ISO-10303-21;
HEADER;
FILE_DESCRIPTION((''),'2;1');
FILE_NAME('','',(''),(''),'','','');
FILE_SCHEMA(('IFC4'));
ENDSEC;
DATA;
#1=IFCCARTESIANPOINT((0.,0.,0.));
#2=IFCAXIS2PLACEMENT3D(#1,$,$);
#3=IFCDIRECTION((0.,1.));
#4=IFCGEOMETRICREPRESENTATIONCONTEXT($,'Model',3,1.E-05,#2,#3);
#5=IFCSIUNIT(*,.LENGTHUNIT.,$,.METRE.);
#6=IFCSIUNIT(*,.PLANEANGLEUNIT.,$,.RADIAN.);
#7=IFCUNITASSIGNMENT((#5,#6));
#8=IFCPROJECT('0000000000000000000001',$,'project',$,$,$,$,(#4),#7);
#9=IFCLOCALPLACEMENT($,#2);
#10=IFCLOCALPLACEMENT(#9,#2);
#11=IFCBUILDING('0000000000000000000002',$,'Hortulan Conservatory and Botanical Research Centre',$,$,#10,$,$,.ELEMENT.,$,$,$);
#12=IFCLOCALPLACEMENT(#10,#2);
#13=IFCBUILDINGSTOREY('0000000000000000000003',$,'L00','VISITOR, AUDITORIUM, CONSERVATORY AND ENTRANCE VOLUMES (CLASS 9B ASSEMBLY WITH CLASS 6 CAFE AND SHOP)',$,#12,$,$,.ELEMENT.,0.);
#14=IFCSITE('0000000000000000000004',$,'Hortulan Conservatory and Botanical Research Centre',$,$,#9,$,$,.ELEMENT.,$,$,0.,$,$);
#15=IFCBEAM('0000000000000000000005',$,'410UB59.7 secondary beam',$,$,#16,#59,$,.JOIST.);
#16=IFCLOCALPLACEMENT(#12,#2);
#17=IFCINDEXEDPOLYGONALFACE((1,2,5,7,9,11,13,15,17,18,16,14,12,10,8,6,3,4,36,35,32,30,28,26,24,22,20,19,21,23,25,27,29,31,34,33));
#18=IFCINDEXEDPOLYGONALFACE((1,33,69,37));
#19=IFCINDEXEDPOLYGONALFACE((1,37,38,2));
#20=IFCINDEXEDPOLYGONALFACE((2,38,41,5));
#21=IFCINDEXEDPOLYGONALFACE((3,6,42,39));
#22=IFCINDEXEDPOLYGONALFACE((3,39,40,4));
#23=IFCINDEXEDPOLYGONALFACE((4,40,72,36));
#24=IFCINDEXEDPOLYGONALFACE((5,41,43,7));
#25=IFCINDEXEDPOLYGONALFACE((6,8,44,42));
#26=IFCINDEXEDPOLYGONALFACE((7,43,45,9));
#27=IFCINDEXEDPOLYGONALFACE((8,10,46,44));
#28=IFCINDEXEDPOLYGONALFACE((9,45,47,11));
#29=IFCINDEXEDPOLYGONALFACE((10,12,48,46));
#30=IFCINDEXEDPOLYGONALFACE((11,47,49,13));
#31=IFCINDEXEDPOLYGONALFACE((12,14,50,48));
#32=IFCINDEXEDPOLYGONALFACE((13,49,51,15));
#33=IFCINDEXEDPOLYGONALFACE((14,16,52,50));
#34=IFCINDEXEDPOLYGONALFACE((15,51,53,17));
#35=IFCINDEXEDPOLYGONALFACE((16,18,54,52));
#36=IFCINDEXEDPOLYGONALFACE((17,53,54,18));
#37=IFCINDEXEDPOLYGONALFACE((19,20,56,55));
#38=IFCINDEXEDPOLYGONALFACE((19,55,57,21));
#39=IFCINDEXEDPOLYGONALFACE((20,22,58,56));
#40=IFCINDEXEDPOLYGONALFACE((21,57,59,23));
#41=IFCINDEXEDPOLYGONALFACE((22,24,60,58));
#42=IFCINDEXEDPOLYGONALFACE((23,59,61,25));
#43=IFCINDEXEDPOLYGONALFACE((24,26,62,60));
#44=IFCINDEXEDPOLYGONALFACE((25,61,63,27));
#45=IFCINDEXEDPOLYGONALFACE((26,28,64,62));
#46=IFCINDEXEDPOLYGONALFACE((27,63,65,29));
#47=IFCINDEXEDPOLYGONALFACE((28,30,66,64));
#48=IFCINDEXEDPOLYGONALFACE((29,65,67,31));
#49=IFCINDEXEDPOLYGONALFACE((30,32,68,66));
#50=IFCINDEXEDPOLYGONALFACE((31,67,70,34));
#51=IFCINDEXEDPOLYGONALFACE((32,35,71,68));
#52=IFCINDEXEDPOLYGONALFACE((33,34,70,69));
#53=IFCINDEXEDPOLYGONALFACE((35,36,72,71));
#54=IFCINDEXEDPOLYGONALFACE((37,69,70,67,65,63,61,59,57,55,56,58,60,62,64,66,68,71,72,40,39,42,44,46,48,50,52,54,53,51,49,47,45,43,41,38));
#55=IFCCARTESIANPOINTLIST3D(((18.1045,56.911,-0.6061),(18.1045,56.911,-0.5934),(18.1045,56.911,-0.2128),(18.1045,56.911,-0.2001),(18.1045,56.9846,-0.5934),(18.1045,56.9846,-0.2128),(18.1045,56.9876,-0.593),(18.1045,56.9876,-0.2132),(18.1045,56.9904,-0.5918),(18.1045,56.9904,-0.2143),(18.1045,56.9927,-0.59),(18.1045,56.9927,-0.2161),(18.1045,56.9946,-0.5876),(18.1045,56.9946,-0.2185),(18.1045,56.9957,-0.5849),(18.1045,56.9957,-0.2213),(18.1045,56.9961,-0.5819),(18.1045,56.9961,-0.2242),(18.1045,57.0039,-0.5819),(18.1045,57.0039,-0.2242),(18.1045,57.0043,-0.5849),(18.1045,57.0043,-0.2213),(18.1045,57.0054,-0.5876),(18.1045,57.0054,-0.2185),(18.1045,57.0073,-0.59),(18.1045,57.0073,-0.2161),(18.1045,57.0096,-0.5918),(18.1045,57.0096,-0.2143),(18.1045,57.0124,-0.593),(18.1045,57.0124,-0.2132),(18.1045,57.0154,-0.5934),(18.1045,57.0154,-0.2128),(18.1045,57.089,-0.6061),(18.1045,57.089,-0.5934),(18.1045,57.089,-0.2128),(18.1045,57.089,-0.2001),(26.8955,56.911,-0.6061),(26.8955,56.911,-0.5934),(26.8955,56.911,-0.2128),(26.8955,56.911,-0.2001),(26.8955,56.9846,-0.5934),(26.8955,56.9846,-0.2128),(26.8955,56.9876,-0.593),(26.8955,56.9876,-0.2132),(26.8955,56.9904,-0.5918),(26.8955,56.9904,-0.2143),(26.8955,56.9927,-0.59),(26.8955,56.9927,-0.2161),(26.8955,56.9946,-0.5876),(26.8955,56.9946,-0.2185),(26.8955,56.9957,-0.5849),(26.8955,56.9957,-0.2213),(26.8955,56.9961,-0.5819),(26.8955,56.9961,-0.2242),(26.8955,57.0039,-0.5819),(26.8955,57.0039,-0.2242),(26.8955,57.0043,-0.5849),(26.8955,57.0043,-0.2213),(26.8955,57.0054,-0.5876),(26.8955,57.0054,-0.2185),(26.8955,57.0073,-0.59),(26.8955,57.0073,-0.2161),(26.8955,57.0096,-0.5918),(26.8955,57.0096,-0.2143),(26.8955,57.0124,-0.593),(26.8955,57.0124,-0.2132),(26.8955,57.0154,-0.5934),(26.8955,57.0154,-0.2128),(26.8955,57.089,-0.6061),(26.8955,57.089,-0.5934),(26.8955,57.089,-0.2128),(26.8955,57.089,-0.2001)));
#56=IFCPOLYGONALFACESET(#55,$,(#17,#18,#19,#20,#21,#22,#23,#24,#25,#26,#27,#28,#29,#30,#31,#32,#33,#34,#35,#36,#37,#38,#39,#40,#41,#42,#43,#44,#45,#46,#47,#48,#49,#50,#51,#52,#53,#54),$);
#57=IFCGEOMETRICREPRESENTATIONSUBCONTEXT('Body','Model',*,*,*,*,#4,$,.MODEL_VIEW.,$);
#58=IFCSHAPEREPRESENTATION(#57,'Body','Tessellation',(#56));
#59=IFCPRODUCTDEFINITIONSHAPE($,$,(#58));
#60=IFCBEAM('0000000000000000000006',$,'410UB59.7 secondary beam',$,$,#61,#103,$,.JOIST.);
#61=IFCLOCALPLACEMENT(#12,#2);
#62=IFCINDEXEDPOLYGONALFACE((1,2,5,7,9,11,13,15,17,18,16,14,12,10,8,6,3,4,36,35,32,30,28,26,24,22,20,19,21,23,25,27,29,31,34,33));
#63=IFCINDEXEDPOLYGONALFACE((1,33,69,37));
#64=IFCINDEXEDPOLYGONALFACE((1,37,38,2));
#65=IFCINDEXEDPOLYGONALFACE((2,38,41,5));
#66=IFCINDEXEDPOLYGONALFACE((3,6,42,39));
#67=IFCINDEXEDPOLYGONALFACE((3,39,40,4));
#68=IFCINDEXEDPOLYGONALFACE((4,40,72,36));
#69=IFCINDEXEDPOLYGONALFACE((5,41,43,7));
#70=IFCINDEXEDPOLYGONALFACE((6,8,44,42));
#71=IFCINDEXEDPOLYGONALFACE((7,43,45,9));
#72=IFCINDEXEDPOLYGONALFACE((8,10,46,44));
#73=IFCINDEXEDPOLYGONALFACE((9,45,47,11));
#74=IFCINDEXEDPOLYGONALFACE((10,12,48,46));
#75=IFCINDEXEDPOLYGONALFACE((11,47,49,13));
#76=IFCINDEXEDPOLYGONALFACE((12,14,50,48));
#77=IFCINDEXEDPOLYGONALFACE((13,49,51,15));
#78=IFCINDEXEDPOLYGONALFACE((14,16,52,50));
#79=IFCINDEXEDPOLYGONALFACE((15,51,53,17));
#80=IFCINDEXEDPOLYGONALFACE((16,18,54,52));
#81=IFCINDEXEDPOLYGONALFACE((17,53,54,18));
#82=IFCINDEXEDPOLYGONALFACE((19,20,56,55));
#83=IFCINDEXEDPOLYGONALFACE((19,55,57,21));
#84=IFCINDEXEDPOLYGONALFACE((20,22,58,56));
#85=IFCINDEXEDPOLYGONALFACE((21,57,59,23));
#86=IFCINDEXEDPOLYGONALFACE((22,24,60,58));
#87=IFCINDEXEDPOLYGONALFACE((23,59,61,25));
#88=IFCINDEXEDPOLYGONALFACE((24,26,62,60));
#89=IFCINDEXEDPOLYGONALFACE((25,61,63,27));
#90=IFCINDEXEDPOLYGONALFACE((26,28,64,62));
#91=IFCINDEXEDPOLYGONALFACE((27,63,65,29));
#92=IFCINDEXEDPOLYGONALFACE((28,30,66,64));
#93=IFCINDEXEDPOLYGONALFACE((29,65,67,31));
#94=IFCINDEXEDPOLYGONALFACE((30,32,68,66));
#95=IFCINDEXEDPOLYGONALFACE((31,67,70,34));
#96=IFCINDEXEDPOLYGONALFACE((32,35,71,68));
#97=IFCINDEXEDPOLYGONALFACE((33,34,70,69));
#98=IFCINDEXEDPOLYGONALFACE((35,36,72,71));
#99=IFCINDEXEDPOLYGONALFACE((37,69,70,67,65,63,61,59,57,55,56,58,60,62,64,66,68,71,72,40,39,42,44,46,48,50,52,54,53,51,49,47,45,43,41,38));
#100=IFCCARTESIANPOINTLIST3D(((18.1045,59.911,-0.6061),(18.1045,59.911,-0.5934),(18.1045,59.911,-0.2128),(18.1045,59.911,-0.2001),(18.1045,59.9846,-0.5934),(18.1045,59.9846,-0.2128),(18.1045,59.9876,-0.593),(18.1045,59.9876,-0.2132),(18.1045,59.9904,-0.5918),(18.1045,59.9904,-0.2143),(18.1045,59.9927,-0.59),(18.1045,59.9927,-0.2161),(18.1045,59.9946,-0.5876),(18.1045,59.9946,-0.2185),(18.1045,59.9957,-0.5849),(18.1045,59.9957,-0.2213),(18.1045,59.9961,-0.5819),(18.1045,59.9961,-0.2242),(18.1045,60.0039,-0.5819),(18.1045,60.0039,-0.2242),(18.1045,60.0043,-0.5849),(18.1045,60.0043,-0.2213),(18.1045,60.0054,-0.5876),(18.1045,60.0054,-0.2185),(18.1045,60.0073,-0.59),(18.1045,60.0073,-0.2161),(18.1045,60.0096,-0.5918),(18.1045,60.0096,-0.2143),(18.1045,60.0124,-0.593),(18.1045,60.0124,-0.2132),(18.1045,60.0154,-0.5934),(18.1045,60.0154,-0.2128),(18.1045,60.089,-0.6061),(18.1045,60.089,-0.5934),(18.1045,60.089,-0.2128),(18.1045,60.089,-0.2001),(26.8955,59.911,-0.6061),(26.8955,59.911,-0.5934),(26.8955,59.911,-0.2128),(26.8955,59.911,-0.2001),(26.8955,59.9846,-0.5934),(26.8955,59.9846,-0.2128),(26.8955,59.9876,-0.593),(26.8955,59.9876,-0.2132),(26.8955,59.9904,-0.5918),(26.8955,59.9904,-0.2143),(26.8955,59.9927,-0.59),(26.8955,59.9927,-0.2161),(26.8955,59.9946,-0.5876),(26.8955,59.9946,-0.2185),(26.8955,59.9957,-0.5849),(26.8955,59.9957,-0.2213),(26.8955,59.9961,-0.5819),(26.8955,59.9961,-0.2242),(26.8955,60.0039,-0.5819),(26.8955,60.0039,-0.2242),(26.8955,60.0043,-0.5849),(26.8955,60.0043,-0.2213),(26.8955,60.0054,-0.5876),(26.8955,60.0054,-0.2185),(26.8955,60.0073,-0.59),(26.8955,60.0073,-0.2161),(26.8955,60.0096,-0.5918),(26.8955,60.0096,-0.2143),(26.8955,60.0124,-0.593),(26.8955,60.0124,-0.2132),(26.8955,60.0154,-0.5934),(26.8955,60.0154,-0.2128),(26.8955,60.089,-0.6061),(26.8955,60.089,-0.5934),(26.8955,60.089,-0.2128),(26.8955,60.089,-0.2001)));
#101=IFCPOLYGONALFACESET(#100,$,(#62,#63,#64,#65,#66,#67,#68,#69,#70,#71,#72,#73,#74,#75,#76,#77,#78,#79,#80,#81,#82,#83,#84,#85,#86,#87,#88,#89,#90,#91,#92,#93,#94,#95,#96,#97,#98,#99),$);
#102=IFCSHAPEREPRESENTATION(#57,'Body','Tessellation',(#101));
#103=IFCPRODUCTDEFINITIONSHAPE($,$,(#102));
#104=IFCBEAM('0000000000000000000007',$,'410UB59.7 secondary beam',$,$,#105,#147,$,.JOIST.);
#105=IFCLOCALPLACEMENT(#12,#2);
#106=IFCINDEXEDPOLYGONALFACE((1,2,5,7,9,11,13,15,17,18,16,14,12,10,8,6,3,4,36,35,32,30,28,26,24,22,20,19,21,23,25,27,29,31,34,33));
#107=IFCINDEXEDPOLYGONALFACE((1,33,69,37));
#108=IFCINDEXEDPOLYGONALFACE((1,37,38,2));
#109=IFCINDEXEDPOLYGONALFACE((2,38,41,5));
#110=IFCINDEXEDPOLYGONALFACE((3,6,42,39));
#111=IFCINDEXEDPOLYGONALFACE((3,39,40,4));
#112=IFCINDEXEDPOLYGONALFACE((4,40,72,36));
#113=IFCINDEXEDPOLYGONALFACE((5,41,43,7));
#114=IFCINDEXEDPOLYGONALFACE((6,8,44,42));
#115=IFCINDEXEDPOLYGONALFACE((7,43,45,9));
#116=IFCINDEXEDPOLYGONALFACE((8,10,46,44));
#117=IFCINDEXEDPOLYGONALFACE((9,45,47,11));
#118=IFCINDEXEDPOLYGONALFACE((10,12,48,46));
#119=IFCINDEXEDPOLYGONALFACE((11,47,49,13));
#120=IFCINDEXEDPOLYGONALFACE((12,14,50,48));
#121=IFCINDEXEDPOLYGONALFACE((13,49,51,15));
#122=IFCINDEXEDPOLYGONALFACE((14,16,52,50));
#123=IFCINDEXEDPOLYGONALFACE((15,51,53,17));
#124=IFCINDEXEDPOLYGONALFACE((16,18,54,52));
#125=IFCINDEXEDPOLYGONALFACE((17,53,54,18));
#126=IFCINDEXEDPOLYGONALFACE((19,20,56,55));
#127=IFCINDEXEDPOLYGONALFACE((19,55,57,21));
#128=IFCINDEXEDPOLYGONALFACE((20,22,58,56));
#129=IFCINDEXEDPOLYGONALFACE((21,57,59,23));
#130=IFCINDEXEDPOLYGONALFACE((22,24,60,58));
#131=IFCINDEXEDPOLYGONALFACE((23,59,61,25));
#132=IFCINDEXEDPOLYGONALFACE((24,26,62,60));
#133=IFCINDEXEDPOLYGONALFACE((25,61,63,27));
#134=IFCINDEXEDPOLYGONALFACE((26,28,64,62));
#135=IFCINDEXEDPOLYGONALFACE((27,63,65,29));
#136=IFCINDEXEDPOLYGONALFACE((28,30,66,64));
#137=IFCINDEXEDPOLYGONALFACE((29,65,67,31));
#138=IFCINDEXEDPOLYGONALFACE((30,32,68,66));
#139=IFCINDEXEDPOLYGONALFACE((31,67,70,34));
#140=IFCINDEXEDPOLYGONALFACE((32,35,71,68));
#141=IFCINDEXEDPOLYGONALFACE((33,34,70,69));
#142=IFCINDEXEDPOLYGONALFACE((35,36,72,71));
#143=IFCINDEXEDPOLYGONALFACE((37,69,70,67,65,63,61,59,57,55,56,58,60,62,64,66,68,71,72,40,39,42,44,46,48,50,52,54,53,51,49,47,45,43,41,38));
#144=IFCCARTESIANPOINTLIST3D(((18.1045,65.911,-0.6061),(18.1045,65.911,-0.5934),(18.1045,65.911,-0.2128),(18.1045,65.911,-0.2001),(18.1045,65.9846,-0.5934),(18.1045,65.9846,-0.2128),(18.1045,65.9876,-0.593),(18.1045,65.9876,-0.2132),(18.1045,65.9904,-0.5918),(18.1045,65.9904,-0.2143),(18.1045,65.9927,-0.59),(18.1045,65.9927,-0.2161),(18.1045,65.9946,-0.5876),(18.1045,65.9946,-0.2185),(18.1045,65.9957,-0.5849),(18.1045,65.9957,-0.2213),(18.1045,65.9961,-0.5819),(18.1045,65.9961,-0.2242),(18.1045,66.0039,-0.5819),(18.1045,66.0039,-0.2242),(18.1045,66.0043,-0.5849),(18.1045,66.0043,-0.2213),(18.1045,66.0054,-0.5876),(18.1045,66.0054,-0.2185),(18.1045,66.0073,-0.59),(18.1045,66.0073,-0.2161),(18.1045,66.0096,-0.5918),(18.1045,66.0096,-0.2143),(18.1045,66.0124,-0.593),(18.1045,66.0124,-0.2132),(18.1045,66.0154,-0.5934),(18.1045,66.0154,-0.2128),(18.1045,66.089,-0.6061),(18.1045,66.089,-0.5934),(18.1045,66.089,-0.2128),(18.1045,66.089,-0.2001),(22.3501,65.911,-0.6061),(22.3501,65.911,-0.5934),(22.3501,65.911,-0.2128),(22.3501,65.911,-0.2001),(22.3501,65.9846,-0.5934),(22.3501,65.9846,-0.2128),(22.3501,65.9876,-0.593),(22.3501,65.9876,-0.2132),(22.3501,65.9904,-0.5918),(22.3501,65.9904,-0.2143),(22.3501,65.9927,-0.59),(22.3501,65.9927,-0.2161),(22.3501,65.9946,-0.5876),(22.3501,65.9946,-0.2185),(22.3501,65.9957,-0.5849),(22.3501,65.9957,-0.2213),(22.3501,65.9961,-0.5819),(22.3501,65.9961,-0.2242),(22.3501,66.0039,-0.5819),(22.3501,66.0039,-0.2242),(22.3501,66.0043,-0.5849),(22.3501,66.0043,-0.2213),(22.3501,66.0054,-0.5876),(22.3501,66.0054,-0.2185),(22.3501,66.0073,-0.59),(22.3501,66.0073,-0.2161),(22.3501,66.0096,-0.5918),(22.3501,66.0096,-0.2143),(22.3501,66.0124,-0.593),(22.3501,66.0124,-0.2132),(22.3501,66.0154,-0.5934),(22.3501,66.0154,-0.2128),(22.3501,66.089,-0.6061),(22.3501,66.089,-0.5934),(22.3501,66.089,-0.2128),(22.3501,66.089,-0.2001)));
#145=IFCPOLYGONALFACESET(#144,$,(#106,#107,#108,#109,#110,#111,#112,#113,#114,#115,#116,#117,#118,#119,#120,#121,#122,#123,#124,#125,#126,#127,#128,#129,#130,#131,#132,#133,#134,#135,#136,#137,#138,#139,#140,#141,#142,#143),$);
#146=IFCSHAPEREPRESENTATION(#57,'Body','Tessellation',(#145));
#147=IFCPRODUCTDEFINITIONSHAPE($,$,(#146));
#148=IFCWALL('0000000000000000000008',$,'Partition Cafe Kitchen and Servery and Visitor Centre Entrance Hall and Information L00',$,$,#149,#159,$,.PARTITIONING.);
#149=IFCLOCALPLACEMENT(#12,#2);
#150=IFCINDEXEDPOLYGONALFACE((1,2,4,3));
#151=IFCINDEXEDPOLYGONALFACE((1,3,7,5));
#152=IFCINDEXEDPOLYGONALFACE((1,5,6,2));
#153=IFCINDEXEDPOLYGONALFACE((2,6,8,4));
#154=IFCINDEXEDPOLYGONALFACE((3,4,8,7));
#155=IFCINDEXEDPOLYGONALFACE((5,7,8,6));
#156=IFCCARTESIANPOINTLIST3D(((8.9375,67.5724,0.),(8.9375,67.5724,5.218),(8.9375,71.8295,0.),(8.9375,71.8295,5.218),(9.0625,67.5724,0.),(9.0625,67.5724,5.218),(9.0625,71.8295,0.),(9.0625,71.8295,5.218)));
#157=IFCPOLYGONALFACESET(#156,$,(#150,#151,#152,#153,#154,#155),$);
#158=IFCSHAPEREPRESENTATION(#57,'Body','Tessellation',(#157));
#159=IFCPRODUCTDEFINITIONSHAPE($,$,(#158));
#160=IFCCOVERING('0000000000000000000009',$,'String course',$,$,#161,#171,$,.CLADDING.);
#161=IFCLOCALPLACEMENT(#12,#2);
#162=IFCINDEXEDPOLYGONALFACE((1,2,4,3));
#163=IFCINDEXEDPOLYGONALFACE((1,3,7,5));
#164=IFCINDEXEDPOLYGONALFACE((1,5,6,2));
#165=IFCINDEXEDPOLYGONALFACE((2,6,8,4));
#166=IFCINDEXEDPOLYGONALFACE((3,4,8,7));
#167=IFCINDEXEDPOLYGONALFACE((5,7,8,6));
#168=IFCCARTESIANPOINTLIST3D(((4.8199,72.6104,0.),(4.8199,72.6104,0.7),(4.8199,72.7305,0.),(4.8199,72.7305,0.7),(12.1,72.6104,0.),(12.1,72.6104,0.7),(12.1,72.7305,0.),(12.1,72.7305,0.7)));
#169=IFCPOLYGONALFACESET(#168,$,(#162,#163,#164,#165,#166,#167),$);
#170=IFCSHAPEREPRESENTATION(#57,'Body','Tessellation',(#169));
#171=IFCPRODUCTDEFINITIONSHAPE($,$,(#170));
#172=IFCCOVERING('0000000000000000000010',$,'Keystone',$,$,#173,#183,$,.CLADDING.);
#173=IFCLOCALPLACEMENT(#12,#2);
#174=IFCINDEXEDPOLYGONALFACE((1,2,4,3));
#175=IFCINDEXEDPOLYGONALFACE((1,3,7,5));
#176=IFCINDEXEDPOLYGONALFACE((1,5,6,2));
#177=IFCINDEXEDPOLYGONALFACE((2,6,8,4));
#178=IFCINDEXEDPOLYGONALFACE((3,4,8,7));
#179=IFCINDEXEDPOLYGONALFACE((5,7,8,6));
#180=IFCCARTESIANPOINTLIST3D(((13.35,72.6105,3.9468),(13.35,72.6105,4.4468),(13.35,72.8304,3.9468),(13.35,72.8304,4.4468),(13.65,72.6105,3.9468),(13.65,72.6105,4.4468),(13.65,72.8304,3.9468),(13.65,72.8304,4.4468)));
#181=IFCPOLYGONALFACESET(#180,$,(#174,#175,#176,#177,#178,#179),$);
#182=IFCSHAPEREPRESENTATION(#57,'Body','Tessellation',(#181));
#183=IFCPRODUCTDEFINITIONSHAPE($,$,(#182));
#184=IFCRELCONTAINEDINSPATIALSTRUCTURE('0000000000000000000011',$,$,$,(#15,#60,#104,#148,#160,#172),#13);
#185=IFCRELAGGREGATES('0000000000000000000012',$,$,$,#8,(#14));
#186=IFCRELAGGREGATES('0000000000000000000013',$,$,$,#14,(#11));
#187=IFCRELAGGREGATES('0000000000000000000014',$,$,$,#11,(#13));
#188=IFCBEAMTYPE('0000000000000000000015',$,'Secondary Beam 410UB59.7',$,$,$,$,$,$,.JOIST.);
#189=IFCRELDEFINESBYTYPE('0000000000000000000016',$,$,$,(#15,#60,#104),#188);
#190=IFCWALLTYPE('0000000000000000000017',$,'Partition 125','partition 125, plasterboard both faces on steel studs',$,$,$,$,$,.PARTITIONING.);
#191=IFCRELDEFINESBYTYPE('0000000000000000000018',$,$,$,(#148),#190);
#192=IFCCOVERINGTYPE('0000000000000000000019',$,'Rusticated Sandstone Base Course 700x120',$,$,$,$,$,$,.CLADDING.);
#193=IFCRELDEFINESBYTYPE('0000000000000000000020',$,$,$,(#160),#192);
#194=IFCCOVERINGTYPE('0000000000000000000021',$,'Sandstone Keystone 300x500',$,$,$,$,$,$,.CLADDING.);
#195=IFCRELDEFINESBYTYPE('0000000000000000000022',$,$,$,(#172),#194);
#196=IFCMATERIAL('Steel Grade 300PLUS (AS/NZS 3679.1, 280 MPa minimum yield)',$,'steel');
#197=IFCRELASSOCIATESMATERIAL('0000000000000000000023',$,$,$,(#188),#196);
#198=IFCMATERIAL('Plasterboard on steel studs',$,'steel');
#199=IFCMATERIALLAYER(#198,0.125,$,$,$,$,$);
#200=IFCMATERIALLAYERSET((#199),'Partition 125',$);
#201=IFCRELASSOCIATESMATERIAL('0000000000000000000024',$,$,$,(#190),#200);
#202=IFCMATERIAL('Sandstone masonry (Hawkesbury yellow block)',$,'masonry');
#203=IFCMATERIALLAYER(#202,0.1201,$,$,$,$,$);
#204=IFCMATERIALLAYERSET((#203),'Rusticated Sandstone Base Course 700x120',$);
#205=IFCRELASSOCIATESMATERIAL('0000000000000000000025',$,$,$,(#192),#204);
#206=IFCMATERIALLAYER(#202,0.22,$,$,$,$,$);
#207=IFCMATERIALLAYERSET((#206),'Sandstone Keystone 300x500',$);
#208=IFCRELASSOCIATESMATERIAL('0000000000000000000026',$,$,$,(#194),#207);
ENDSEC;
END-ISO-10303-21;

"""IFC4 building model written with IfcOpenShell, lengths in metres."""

from ifc_helpers import new_model, si_unit, direction, frame, frame_2d, origin, origin_2d, place, context, subcontext, project, spatial, rectangle, i_section, extrude, material, layer, layer_set, material_profile, profile_set, type_object, element, save


model = new_model("IFC4")

# Units and contexts
model_context = context("Model", 3, precision=1e-05, world=origin(), true_north=direction((0.0, 1.0)))
body_context = subcontext(model_context, "Body", "Model", "MODEL_VIEW")
ifc_project = project(units=[si_unit("LENGTHUNIT", "METRE"), si_unit("PLANEANGLEUNIT", "RADIAN")], contexts=[model_context])

# Site, building, storey
site_placement = place(None, origin())
site = spatial("IfcSite", under=ifc_project, at=site_placement, Name="Hortulan Conservatory and Botanical Research Centre", CompositionType="ELEMENT", RefElevation=0.0)
building_placement = place(site_placement, origin())
building = spatial("IfcBuilding", under=site, at=building_placement, Name="Hortulan Conservatory and Botanical Research Centre", CompositionType="ELEMENT")
storey_placement = place(building_placement, origin())
storey = spatial("IfcBuildingStorey", under=building, at=storey_placement, Name="L00", Description="VISITOR, AUDITORIUM, CONSERVATORY AND ENTRANCE VOLUMES (CLASS 9B ASSEMBLY WITH CLASS 6 CAFE AND SHOP)", CompositionType="ELEMENT", Elevation=0.0)

# Shared definitions
ifc_material_1 = material(Name="Steel Grade 300PLUS (AS/NZS 3679.1, 280 MPa minimum yield)", Category="steel")

# Beams
ifc_material_profile_1 = material_profile(ifc_material_1, i_section(OverallWidth=0.178, OverallDepth=0.406, WebThickness=0.0078, FlangeThickness=0.0127, FilletRadius=0.0115, at=origin_2d()), Name="410UB59.7")
ifc_profile_set_1 = profile_set([ifc_material_profile_1], Name="Steel Grade 300PLUS (AS/NZS 3679.1, 280 MPa minimum yield)")
beam_type_1 = type_object("IfcBeamType", Name="Secondary Beam 410UB59.7", PredefinedType="JOIST", material=ifc_profile_set_1)
for number, where, z_axis, x_axis, name in (
    (1, (18.1045, 57.0, -0.4031), (1.0, 0.0, 0.0), (0.0, 1.0, 0.0), "410UB59.7 secondary beam"),
    (2, (18.1045, 60.0, -0.4031), (1.0, 0.0, 0.0), (0.0, 1.0, 0.0), "410UB59.7 secondary beam"),
):
    element("IfcBeam", number, at=place(storey_placement, frame(where, z_axis=z_axis, x_axis=x_axis)), inside=storey, type_object=beam_type_1, Name=name, PredefinedType="JOIST", context=body_context, shape_type="SweptSolid", body=[
        extrude(i_section(OverallWidth=0.178, OverallDepth=0.406, WebThickness=0.0078, FlangeThickness=0.0127, FilletRadius=0.0115, at=origin_2d()), origin(), (0.0, 0.0, 1.0), 8.791),
    ])
beam_1_placement = place(storey_placement, frame((18.1045, 66.0, -0.4031), z_axis=(1.0, 0.0, 0.0), x_axis=(0.0, 1.0, 0.0)))
element("IfcBeam", 3, at=beam_1_placement, inside=storey, type_object=beam_type_1, Name="410UB59.7 secondary beam", PredefinedType="JOIST", context=body_context, shape_type="SweptSolid", body=[
    extrude(i_section(OverallWidth=0.178, OverallDepth=0.406, WebThickness=0.0078, FlangeThickness=0.0127, FilletRadius=0.0115, at=origin_2d()), origin(), (0.0, 0.0, 1.0), 4.2456),
])

# Wall
ifc_material_2 = material(Name="Plasterboard on steel studs", Category="steel")
ifc_layer_1 = layer(ifc_material_2, 0.125)
ifc_layer_set_1 = layer_set([ifc_layer_1], Name="Partition 125")
wall_type = type_object("IfcWallType", Name="Partition 125", Description="partition 125, plasterboard both faces on steel studs", PredefinedType="PARTITIONING", material=ifc_layer_set_1)
wall_placement = place(storey_placement, frame((9.0, 67.5725, 0.0), z_axis=(0.0, 0.0, 1.0), x_axis=(0.0, 1.0, 0.0)))
element("IfcWall", 4, at=wall_placement, inside=storey, type_object=wall_type, Name="Partition Cafe Kitchen and Servery and Visitor Centre Entrance Hall and Information L00", PredefinedType="PARTITIONING", context=body_context, shape_type="SweptSolid", body=[
    extrude(rectangle(XDim=4.2571, YDim=0.125, at=frame_2d((2.1284, 0.0))), origin(), (0.0, 0.0, 1.0), 5.218),
])

# Coverings
ifc_material_3 = material(Name="Sandstone masonry (Hawkesbury yellow block)", Category="masonry")
ifc_layer_2 = layer(ifc_material_3, 0.1201)
ifc_layer_set_2 = layer_set([ifc_layer_2], Name="Rusticated Sandstone Base Course 700x120")
covering_type_1 = type_object("IfcCoveringType", Name="Rusticated Sandstone Base Course 700x120", PredefinedType="CLADDING", material=ifc_layer_set_2)
covering_1_placement = place(storey_placement, frame((8.46, 72.6704, 0.0), z_axis=(0.0, 0.0, 1.0), x_axis=(1.0, 0.0, 0.0)))
element("IfcCovering", 5, at=covering_1_placement, inside=storey, type_object=covering_type_1, Name="String course", PredefinedType="CLADDING", context=body_context, shape_type="SweptSolid", body=[
    extrude(rectangle(XDim=7.28, YDim=0.1201, at=origin_2d()), origin(), (0.0, 0.0, 1.0), 0.7),
])
ifc_layer_3 = layer(ifc_material_3, 0.22)
ifc_layer_set_3 = layer_set([ifc_layer_3], Name="Sandstone Keystone 300x500")
covering_type_2 = type_object("IfcCoveringType", Name="Sandstone Keystone 300x500", PredefinedType="CLADDING", material=ifc_layer_set_3)
covering_2_placement = place(storey_placement, frame((13.5, 72.7205, 3.9468), z_axis=(0.0, 0.0, 1.0), x_axis=(1.0, 0.0, 0.0)))
element("IfcCovering", 6, at=covering_2_placement, inside=storey, type_object=covering_type_2, Name="Keystone", PredefinedType="CLADDING", context=body_context, shape_type="SweptSolid", body=[
    extrude(rectangle(XDim=0.3, YDim=0.22, at=origin_2d()), origin(), (0.0, 0.0, 1.0), 0.5),
])

save(model, "model.ifc")
